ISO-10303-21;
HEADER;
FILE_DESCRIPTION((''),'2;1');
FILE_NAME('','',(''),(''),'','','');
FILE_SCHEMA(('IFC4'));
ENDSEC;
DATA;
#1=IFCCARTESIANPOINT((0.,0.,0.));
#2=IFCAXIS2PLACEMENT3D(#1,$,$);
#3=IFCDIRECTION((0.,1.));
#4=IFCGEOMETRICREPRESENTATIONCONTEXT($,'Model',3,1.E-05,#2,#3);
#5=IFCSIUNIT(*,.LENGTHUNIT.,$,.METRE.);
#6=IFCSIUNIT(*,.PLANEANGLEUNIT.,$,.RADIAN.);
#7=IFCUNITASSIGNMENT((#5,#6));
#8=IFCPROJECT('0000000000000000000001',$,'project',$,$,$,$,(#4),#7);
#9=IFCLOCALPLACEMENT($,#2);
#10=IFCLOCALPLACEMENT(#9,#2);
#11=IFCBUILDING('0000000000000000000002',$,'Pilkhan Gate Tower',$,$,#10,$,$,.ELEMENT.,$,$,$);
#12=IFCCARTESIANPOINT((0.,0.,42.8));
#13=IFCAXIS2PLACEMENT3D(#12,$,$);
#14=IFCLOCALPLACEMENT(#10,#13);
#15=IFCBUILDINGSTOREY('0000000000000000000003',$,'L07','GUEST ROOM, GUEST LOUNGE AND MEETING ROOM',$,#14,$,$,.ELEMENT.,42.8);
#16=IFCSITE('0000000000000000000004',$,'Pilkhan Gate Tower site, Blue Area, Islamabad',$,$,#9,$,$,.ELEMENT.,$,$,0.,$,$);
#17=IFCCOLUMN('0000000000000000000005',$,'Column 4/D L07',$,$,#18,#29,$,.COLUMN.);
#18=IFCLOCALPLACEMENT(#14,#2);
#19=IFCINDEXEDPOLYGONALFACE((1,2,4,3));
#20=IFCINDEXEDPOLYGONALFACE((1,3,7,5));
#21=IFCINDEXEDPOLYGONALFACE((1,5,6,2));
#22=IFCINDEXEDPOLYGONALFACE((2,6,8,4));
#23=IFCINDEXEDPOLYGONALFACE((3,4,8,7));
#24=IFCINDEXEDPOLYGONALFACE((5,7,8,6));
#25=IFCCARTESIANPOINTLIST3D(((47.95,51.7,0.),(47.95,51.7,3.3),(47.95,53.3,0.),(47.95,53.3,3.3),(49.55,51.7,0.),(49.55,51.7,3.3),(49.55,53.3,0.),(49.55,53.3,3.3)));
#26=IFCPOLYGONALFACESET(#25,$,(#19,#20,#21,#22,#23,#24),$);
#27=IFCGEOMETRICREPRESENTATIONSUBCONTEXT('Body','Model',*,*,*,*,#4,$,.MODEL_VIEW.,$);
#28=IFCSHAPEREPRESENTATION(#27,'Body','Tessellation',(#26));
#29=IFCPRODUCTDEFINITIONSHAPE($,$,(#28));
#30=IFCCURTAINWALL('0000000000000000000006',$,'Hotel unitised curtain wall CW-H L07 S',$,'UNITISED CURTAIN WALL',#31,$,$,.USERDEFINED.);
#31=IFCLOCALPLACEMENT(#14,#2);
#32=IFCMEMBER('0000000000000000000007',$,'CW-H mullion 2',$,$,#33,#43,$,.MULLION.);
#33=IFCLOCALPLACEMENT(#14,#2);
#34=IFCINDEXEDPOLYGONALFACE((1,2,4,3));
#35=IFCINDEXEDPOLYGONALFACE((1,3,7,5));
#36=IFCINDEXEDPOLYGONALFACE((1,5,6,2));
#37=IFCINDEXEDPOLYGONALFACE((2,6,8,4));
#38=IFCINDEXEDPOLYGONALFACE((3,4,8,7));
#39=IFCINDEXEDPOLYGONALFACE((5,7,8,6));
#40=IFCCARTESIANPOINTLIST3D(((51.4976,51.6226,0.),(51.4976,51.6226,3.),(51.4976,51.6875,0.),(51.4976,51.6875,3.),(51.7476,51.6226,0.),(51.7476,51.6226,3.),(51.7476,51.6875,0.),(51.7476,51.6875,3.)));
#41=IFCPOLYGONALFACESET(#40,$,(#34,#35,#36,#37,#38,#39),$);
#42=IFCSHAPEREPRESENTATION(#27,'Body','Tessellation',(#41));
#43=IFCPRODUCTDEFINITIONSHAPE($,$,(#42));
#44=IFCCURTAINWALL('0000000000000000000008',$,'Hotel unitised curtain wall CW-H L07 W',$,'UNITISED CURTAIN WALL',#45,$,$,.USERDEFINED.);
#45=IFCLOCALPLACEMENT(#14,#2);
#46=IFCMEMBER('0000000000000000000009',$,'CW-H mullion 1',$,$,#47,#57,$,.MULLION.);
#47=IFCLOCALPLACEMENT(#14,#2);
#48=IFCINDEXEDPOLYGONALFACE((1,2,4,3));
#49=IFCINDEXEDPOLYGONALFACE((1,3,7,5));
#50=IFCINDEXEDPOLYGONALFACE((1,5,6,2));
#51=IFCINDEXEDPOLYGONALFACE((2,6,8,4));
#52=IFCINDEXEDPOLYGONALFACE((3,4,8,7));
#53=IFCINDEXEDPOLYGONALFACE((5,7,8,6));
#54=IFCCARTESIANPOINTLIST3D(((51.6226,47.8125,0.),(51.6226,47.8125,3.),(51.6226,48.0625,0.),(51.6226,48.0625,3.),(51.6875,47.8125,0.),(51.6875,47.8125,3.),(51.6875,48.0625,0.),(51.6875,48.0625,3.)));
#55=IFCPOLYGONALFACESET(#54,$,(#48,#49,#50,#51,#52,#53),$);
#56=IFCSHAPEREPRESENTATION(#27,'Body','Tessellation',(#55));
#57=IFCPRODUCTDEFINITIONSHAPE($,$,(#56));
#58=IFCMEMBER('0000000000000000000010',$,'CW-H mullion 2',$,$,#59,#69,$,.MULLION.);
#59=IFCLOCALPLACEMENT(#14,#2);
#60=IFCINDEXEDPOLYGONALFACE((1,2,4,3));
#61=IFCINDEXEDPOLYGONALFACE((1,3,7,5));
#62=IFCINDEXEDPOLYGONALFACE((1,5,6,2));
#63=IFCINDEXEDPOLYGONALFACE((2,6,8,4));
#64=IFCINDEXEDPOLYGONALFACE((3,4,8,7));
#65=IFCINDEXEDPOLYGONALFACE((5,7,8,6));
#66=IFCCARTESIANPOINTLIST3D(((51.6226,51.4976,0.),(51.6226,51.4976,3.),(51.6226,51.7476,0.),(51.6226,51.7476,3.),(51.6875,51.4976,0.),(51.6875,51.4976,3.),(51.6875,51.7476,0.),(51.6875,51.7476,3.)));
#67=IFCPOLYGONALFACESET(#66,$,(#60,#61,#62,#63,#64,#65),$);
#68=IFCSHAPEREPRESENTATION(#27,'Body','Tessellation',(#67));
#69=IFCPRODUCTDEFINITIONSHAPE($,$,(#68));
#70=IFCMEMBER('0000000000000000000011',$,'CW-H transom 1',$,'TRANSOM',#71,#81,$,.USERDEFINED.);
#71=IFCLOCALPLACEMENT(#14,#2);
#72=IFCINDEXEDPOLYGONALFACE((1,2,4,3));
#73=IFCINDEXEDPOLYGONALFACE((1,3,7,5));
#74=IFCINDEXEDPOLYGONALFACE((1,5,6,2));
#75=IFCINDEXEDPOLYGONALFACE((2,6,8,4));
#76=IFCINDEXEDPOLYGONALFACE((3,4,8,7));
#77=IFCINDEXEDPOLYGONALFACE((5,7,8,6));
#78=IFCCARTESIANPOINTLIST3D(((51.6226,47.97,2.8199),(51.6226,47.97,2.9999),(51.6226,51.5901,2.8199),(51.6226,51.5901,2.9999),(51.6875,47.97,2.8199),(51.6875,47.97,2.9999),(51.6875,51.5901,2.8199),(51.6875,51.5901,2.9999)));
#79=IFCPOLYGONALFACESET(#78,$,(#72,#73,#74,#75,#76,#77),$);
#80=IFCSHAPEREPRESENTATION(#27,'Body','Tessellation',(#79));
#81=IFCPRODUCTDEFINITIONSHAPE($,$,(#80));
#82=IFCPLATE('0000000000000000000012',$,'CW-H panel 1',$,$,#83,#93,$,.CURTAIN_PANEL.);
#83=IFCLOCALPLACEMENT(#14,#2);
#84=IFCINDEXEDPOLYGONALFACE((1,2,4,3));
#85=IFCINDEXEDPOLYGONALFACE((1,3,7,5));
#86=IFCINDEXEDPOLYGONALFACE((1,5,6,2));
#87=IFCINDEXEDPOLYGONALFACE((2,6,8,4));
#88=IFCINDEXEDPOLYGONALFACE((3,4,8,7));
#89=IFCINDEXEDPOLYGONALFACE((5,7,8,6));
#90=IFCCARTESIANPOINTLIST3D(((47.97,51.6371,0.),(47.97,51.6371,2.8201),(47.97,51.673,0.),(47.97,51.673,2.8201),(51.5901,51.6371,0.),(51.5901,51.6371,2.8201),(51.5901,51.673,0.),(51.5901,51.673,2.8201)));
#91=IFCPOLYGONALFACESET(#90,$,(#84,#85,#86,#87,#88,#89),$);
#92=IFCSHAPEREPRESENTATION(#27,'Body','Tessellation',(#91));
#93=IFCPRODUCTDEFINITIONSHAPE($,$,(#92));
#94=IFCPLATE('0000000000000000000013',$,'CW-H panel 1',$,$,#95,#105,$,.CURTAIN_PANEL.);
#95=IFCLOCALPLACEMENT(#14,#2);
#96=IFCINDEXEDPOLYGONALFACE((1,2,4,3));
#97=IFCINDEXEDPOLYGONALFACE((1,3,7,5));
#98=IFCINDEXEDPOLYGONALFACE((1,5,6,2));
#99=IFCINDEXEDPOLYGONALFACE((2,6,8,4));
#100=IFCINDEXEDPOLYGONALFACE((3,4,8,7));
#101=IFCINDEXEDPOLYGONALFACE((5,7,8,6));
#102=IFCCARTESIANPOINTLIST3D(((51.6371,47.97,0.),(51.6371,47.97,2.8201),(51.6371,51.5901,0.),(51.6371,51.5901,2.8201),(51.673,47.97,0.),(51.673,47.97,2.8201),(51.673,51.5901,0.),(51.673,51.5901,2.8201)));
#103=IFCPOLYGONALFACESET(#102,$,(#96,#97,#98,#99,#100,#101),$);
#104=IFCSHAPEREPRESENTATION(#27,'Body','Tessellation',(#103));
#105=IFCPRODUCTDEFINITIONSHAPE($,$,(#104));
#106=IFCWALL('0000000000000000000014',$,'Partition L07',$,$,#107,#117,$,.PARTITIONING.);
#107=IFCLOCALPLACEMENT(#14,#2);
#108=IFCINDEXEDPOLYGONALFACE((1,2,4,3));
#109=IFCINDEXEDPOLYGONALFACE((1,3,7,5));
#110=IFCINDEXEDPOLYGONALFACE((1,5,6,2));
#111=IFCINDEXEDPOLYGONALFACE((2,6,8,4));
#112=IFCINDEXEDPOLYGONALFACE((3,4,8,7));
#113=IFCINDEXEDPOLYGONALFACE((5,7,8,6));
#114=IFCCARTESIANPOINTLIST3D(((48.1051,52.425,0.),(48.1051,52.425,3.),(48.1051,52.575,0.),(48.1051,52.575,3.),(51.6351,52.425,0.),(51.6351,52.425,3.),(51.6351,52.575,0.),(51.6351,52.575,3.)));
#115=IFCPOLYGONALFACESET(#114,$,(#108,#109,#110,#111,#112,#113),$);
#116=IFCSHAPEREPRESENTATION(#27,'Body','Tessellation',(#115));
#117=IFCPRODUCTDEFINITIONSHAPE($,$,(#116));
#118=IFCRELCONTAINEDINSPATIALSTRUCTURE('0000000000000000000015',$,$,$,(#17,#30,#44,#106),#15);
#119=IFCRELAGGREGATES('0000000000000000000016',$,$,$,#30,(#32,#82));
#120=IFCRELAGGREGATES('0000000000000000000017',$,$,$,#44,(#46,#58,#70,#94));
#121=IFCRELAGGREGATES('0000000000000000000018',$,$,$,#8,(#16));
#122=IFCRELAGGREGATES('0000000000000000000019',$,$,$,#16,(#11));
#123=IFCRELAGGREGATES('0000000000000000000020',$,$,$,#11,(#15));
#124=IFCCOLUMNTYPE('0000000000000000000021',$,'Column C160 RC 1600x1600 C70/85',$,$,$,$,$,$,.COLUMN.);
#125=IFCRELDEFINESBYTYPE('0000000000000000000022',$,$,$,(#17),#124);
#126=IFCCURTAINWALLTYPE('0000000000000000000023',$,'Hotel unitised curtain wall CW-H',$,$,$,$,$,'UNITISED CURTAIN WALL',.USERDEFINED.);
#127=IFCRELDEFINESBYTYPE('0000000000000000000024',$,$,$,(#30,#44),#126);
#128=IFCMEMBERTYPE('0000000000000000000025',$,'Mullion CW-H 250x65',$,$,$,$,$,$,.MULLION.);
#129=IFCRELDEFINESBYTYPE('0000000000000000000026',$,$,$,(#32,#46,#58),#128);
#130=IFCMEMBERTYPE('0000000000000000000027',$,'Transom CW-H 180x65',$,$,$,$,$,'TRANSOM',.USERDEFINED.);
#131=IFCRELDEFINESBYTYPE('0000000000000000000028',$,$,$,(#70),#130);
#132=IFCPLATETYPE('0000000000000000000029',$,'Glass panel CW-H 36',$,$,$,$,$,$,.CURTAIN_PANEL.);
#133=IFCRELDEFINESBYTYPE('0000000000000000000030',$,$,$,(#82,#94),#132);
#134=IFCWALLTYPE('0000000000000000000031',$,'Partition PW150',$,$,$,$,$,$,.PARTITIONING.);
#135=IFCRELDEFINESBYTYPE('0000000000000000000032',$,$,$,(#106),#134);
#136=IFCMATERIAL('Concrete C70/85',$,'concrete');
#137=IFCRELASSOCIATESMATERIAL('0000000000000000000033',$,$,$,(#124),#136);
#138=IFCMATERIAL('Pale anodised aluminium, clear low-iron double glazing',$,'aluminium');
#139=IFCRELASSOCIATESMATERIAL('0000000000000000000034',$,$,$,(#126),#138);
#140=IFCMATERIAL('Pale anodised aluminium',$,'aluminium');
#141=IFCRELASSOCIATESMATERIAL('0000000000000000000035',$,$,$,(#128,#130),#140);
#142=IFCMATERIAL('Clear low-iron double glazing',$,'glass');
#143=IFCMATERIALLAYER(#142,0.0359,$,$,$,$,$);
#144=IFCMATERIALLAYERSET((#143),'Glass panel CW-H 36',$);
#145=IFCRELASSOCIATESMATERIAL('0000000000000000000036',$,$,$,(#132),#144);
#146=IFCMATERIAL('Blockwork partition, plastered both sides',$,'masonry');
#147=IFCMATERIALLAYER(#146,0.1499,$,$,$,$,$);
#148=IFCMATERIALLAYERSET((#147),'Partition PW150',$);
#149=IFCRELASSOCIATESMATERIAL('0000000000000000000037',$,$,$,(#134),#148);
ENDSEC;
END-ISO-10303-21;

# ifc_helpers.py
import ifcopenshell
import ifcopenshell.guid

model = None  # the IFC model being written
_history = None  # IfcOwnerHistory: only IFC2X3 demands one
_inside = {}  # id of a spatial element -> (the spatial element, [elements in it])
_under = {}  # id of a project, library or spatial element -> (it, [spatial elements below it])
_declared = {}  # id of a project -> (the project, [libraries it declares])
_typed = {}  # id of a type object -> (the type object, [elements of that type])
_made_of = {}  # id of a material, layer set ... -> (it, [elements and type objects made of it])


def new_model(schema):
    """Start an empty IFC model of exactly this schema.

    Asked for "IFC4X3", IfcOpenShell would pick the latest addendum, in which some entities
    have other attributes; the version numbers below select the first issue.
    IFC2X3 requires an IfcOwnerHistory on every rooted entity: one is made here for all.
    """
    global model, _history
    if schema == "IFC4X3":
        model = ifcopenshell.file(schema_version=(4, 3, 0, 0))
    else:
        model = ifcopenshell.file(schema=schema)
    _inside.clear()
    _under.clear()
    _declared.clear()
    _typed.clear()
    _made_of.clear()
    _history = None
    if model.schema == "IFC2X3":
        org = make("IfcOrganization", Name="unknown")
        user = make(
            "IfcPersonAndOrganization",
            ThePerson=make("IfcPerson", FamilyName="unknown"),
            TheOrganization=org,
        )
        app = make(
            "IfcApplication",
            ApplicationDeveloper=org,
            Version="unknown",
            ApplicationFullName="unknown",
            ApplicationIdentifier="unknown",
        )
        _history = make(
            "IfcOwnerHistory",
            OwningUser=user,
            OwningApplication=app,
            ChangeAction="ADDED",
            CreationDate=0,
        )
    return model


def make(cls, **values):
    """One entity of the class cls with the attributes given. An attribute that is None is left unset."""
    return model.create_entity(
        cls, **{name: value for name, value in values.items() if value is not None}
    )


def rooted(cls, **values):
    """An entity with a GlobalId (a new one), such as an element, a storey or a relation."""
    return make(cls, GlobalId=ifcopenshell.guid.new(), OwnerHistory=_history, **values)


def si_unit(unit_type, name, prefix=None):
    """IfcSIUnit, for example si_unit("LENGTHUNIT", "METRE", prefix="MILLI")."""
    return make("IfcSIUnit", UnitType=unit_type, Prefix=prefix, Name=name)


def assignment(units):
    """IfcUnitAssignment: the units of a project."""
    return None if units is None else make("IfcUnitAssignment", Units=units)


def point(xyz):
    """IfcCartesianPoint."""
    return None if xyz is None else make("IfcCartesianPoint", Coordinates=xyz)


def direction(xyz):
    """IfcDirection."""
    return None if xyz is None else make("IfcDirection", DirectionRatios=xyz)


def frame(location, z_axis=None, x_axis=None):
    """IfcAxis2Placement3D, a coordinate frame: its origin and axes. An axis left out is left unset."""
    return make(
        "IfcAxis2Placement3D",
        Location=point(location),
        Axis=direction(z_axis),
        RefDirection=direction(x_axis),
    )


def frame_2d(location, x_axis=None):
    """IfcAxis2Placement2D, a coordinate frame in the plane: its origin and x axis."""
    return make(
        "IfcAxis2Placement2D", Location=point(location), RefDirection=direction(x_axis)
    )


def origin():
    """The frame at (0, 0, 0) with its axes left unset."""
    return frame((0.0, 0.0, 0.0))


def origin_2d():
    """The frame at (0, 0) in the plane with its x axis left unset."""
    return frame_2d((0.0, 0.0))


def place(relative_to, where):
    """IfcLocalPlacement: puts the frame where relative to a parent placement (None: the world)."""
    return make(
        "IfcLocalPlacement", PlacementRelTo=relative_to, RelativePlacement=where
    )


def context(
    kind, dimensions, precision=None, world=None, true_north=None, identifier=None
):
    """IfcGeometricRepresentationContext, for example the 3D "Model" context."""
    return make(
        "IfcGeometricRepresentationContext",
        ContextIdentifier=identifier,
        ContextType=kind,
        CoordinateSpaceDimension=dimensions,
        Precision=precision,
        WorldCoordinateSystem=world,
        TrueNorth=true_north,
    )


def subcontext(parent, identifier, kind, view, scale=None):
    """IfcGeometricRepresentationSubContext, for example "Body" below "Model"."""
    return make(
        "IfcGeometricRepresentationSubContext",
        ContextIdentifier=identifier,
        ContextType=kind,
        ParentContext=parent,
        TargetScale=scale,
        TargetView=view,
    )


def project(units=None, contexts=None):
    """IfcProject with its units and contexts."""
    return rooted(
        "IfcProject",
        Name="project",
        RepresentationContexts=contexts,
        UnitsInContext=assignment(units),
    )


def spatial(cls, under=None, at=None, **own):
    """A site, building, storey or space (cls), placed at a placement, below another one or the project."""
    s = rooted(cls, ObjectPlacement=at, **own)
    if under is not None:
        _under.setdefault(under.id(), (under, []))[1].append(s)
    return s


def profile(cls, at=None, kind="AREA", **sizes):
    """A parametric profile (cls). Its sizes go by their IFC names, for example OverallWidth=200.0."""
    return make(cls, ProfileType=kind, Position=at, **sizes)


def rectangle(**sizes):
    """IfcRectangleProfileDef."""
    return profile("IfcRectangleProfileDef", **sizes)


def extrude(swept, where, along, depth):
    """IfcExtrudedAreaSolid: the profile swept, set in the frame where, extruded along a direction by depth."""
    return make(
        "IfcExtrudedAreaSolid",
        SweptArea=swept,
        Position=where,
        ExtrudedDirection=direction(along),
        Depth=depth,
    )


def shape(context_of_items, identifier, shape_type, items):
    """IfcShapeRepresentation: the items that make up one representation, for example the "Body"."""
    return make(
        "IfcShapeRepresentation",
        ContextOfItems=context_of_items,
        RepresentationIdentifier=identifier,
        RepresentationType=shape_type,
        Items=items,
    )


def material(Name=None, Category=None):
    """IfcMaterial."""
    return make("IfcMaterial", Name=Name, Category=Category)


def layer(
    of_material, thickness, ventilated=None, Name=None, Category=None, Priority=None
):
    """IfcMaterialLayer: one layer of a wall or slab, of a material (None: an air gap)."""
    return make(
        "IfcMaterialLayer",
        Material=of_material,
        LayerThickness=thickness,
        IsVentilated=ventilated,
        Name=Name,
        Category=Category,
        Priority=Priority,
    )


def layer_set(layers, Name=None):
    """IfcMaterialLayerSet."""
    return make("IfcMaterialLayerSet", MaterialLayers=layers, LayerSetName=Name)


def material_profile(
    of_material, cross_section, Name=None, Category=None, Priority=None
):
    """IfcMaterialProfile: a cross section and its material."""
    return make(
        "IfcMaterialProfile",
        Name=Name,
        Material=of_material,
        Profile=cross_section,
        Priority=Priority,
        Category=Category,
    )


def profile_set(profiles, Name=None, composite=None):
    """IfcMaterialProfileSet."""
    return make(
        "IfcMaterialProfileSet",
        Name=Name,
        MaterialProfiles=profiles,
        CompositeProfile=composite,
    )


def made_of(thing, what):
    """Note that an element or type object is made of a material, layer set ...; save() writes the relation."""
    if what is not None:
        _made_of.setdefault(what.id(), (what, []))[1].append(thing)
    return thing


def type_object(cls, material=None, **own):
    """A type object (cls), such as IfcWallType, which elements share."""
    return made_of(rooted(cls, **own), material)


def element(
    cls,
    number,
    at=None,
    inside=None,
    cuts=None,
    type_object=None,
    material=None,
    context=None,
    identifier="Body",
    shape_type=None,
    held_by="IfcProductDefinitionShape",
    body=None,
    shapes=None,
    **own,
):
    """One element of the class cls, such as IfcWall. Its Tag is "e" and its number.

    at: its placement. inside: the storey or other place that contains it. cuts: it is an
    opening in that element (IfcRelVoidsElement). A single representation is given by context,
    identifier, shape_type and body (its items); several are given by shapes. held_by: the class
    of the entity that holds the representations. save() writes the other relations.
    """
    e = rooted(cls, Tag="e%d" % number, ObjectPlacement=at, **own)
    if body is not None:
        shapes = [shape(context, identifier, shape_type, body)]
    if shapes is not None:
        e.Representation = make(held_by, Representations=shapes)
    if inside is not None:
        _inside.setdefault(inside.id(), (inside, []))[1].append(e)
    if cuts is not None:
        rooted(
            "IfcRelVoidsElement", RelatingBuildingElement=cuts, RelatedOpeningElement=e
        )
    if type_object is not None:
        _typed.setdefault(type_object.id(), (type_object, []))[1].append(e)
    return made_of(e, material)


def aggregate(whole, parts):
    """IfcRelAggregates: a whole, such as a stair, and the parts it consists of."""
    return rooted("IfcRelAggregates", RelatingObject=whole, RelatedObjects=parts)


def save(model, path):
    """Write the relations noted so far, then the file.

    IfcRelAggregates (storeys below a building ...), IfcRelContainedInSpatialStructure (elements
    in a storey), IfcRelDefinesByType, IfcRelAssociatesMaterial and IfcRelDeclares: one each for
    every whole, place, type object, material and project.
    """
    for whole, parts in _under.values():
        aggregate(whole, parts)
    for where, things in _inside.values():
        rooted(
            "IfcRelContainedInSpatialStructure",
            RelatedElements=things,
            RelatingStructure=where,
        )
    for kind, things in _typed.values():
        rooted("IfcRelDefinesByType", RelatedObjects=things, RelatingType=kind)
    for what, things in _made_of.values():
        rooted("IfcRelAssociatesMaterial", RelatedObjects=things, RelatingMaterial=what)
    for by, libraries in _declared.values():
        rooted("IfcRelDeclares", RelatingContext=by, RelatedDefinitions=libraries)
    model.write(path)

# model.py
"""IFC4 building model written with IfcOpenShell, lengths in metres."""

from ifc_helpers import new_model, si_unit, direction, frame, frame_2d, origin, origin_2d, place, context, subcontext, project, spatial, rectangle, extrude, material, layer, layer_set, material_profile, profile_set, type_object, element, aggregate, save


model = new_model("IFC4")

# Units and contexts
model_context = context("Model", 3, precision=1e-05, world=origin(), true_north=direction((0.0, 1.0)))
body_context = subcontext(model_context, "Body", "Model", "MODEL_VIEW")
ifc_project = project(units=[si_unit("LENGTHUNIT", "METRE"), si_unit("PLANEANGLEUNIT", "RADIAN")], contexts=[model_context])

# Site, building, storey
site_placement = place(None, origin())
site = spatial("IfcSite", under=ifc_project, at=site_placement, Name="Pilkhan Gate Tower site, Blue Area, Islamabad", CompositionType="ELEMENT", RefElevation=0.0)
building_placement = place(site_placement, origin())
building = spatial("IfcBuilding", under=site, at=building_placement, Name="Pilkhan Gate Tower", CompositionType="ELEMENT")
storey_placement = place(building_placement, frame((0.0, 0.0, 42.8)))
storey = spatial("IfcBuildingStorey", under=building, at=storey_placement, Name="L07", Description="GUEST ROOM, GUEST LOUNGE AND MEETING ROOM", CompositionType="ELEMENT", Elevation=42.8)

# Column
ifc_material_1 = material(Name="Concrete C70/85", Category="concrete")
ifc_material_profile_1 = material_profile(ifc_material_1, rectangle(XDim=1.6001, YDim=1.6001, at=origin_2d()), Name="RC 1600x1600")
ifc_profile_set_1 = profile_set([ifc_material_profile_1], Name="Concrete C70/85")
column_type = type_object("IfcColumnType", Name="Column C160 RC 1600x1600 C70/85", PredefinedType="COLUMN", material=ifc_profile_set_1)
column_placement = place(storey_placement, frame((48.75, 52.5, 0.0), z_axis=(0.0, 0.0, 1.0), x_axis=(1.0, 0.0, 0.0)))
element("IfcColumn", 1, at=column_placement, inside=storey, type_object=column_type, Name="Column 4/D L07", PredefinedType="COLUMN", context=body_context, shape_type="SweptSolid", body=[
    extrude(rectangle(XDim=1.6001, YDim=1.6001, at=origin_2d()), origin(), (0.0, 0.0, 1.0), 3.3),
])

# Curtain wall, member
ifc_material_2 = material(Name="Pale anodised aluminium, clear low-iron double glazing", Category="aluminium")
curtain_wall_type = type_object("IfcCurtainWallType", Name="Hotel unitised curtain wall CW-H", ElementType="UNITISED CURTAIN WALL", PredefinedType="USERDEFINED", material=ifc_material_2)
curtain_wall_1_placement = place(storey_placement, origin())
curtain_wall_1 = element("IfcCurtainWall", 2, at=curtain_wall_1_placement, inside=storey, type_object=curtain_wall_type, Name="Hotel unitised curtain wall CW-H L07 S", ObjectType="UNITISED CURTAIN WALL", PredefinedType="USERDEFINED")
ifc_material_3 = material(Name="Pale anodised aluminium", Category="aluminium")
ifc_material_profile_2 = material_profile(ifc_material_3, rectangle(XDim=0.0649, YDim=0.25, at=origin_2d()), Name="Mullion 250x65")
ifc_profile_set_2 = profile_set([ifc_material_profile_2], Name="Pale anodised aluminium")
member_type_1 = type_object("IfcMemberType", Name="Mullion CW-H 250x65", PredefinedType="MULLION", material=ifc_profile_set_2)
member_1_placement = place(storey_placement, frame((51.6226, 51.655, 0.0), z_axis=(0.0, 0.0, 1.0), x_axis=(0.0, 1.0, 0.0)))
member_1 = element("IfcMember", 3, at=member_1_placement, type_object=member_type_1, Name="CW-H mullion 2", PredefinedType="MULLION", context=body_context, shape_type="SweptSolid", body=[
    extrude(rectangle(XDim=0.0649, YDim=0.25, at=origin_2d()), origin(), (0.0, 0.0, 1.0), 3.0),
])

# Curtain wall, members
curtain_wall_2_placement = place(storey_placement, origin())
curtain_wall_2 = element("IfcCurtainWall", 4, at=curtain_wall_2_placement, inside=storey, type_object=curtain_wall_type, Name="Hotel unitised curtain wall CW-H L07 W", ObjectType="UNITISED CURTAIN WALL", PredefinedType="USERDEFINED")
member_2_placement = place(storey_placement, frame((51.655, 47.9375, 0.0), z_axis=(0.0, 0.0, 1.0), x_axis=(-1.0, 0.0, 0.0)))
member_2 = element("IfcMember", 5, at=member_2_placement, type_object=member_type_1, Name="CW-H mullion 1", PredefinedType="MULLION", context=body_context, shape_type="SweptSolid", body=[
    extrude(rectangle(XDim=0.0649, YDim=0.25, at=origin_2d()), origin(), (0.0, 0.0, 1.0), 3.0),
])
member_3_placement = place(storey_placement, frame((51.655, 51.6226, 0.0), z_axis=(0.0, 0.0, 1.0), x_axis=(-1.0, 0.0, 0.0)))
member_3 = element("IfcMember", 6, at=member_3_placement, type_object=member_type_1, Name="CW-H mullion 2", PredefinedType="MULLION", context=body_context, shape_type="SweptSolid", body=[
    extrude(rectangle(XDim=0.0649, YDim=0.25, at=origin_2d()), origin(), (0.0, 0.0, 1.0), 3.0),
])
ifc_material_profile_3 = material_profile(ifc_material_3, rectangle(XDim=0.0649, YDim=0.1799, at=origin_2d()), Name="Transom 180x65")
ifc_profile_set_3 = profile_set([ifc_material_profile_3], Name="Pale anodised aluminium")
member_type_2 = type_object("IfcMemberType", Name="Transom CW-H 180x65", ElementType="TRANSOM", PredefinedType="USERDEFINED", material=ifc_profile_set_3)
member_4_placement = place(storey_placement, frame((51.655, 47.97, 2.9099), z_axis=(0.0, 1.0, 0.0), x_axis=(-1.0, 0.0, 0.0)))
member_4 = element("IfcMember", 7, at=member_4_placement, type_object=member_type_2, Name="CW-H transom 1", ObjectType="TRANSOM", PredefinedType="USERDEFINED", context=body_context, shape_type="SweptSolid", body=[
    extrude(rectangle(XDim=0.0649, YDim=0.1799, at=origin_2d()), origin(), (0.0, 0.0, 1.0), 3.6201),
])

# Plates
ifc_material_4 = material(Name="Clear low-iron double glazing", Category="glass")
ifc_layer_1 = layer(ifc_material_4, 0.0359)
ifc_layer_set_1 = layer_set([ifc_layer_1], Name="Glass panel CW-H 36")
plate_type = type_object("IfcPlateType", Name="Glass panel CW-H 36", PredefinedType="CURTAIN_PANEL", material=ifc_layer_set_1)
plate_1_placement = place(storey_placement, frame((49.78, 51.655, 0.0), z_axis=(0.0, 0.0, 1.0), x_axis=(1.0, 0.0, 0.0)))
plate_1 = element("IfcPlate", 8, at=plate_1_placement, type_object=plate_type, Name="CW-H panel 1", PredefinedType="CURTAIN_PANEL", context=body_context, shape_type="SweptSolid", body=[
    extrude(rectangle(XDim=3.6201, YDim=0.0359, at=origin_2d()), origin(), (0.0, 0.0, 1.0), 2.8201),
])
aggregate(curtain_wall_1, [member_1, plate_1])
plate_2_placement = place(storey_placement, frame((51.655, 49.78, 0.0), z_axis=(0.0, 0.0, 1.0), x_axis=(0.0, 1.0, 0.0)))
plate_2 = element("IfcPlate", 9, at=plate_2_placement, type_object=plate_type, Name="CW-H panel 1", PredefinedType="CURTAIN_PANEL", context=body_context, shape_type="SweptSolid", body=[
    extrude(rectangle(XDim=3.6201, YDim=0.0359, at=origin_2d()), origin(), (0.0, 0.0, 1.0), 2.8201),
])
aggregate(curtain_wall_2, [member_2, member_3, member_4, plate_2])

# Wall
ifc_material_5 = material(Name="Blockwork partition, plastered both sides", Category="masonry")
ifc_layer_2 = layer(ifc_material_5, 0.1499)
ifc_layer_set_2 = layer_set([ifc_layer_2], Name="Partition PW150")
wall_type = type_object("IfcWallType", Name="Partition PW150", PredefinedType="PARTITIONING", material=ifc_layer_set_2)
wall_placement = place(storey_placement, frame((48.105, 52.5, 0.0), z_axis=(0.0, 0.0, 1.0), x_axis=(1.0, 0.0, 0.0)))
element("IfcWall", 10, at=wall_placement, inside=storey, type_object=wall_type, Name="Partition L07", PredefinedType="PARTITIONING", context=body_context, shape_type="SweptSolid", body=[
    extrude(rectangle(XDim=3.53, YDim=0.1499, at=frame_2d((1.7651, 0.0))), origin(), (0.0, 0.0, 1.0), 3.0),
])

save(model, "model.ifc")
